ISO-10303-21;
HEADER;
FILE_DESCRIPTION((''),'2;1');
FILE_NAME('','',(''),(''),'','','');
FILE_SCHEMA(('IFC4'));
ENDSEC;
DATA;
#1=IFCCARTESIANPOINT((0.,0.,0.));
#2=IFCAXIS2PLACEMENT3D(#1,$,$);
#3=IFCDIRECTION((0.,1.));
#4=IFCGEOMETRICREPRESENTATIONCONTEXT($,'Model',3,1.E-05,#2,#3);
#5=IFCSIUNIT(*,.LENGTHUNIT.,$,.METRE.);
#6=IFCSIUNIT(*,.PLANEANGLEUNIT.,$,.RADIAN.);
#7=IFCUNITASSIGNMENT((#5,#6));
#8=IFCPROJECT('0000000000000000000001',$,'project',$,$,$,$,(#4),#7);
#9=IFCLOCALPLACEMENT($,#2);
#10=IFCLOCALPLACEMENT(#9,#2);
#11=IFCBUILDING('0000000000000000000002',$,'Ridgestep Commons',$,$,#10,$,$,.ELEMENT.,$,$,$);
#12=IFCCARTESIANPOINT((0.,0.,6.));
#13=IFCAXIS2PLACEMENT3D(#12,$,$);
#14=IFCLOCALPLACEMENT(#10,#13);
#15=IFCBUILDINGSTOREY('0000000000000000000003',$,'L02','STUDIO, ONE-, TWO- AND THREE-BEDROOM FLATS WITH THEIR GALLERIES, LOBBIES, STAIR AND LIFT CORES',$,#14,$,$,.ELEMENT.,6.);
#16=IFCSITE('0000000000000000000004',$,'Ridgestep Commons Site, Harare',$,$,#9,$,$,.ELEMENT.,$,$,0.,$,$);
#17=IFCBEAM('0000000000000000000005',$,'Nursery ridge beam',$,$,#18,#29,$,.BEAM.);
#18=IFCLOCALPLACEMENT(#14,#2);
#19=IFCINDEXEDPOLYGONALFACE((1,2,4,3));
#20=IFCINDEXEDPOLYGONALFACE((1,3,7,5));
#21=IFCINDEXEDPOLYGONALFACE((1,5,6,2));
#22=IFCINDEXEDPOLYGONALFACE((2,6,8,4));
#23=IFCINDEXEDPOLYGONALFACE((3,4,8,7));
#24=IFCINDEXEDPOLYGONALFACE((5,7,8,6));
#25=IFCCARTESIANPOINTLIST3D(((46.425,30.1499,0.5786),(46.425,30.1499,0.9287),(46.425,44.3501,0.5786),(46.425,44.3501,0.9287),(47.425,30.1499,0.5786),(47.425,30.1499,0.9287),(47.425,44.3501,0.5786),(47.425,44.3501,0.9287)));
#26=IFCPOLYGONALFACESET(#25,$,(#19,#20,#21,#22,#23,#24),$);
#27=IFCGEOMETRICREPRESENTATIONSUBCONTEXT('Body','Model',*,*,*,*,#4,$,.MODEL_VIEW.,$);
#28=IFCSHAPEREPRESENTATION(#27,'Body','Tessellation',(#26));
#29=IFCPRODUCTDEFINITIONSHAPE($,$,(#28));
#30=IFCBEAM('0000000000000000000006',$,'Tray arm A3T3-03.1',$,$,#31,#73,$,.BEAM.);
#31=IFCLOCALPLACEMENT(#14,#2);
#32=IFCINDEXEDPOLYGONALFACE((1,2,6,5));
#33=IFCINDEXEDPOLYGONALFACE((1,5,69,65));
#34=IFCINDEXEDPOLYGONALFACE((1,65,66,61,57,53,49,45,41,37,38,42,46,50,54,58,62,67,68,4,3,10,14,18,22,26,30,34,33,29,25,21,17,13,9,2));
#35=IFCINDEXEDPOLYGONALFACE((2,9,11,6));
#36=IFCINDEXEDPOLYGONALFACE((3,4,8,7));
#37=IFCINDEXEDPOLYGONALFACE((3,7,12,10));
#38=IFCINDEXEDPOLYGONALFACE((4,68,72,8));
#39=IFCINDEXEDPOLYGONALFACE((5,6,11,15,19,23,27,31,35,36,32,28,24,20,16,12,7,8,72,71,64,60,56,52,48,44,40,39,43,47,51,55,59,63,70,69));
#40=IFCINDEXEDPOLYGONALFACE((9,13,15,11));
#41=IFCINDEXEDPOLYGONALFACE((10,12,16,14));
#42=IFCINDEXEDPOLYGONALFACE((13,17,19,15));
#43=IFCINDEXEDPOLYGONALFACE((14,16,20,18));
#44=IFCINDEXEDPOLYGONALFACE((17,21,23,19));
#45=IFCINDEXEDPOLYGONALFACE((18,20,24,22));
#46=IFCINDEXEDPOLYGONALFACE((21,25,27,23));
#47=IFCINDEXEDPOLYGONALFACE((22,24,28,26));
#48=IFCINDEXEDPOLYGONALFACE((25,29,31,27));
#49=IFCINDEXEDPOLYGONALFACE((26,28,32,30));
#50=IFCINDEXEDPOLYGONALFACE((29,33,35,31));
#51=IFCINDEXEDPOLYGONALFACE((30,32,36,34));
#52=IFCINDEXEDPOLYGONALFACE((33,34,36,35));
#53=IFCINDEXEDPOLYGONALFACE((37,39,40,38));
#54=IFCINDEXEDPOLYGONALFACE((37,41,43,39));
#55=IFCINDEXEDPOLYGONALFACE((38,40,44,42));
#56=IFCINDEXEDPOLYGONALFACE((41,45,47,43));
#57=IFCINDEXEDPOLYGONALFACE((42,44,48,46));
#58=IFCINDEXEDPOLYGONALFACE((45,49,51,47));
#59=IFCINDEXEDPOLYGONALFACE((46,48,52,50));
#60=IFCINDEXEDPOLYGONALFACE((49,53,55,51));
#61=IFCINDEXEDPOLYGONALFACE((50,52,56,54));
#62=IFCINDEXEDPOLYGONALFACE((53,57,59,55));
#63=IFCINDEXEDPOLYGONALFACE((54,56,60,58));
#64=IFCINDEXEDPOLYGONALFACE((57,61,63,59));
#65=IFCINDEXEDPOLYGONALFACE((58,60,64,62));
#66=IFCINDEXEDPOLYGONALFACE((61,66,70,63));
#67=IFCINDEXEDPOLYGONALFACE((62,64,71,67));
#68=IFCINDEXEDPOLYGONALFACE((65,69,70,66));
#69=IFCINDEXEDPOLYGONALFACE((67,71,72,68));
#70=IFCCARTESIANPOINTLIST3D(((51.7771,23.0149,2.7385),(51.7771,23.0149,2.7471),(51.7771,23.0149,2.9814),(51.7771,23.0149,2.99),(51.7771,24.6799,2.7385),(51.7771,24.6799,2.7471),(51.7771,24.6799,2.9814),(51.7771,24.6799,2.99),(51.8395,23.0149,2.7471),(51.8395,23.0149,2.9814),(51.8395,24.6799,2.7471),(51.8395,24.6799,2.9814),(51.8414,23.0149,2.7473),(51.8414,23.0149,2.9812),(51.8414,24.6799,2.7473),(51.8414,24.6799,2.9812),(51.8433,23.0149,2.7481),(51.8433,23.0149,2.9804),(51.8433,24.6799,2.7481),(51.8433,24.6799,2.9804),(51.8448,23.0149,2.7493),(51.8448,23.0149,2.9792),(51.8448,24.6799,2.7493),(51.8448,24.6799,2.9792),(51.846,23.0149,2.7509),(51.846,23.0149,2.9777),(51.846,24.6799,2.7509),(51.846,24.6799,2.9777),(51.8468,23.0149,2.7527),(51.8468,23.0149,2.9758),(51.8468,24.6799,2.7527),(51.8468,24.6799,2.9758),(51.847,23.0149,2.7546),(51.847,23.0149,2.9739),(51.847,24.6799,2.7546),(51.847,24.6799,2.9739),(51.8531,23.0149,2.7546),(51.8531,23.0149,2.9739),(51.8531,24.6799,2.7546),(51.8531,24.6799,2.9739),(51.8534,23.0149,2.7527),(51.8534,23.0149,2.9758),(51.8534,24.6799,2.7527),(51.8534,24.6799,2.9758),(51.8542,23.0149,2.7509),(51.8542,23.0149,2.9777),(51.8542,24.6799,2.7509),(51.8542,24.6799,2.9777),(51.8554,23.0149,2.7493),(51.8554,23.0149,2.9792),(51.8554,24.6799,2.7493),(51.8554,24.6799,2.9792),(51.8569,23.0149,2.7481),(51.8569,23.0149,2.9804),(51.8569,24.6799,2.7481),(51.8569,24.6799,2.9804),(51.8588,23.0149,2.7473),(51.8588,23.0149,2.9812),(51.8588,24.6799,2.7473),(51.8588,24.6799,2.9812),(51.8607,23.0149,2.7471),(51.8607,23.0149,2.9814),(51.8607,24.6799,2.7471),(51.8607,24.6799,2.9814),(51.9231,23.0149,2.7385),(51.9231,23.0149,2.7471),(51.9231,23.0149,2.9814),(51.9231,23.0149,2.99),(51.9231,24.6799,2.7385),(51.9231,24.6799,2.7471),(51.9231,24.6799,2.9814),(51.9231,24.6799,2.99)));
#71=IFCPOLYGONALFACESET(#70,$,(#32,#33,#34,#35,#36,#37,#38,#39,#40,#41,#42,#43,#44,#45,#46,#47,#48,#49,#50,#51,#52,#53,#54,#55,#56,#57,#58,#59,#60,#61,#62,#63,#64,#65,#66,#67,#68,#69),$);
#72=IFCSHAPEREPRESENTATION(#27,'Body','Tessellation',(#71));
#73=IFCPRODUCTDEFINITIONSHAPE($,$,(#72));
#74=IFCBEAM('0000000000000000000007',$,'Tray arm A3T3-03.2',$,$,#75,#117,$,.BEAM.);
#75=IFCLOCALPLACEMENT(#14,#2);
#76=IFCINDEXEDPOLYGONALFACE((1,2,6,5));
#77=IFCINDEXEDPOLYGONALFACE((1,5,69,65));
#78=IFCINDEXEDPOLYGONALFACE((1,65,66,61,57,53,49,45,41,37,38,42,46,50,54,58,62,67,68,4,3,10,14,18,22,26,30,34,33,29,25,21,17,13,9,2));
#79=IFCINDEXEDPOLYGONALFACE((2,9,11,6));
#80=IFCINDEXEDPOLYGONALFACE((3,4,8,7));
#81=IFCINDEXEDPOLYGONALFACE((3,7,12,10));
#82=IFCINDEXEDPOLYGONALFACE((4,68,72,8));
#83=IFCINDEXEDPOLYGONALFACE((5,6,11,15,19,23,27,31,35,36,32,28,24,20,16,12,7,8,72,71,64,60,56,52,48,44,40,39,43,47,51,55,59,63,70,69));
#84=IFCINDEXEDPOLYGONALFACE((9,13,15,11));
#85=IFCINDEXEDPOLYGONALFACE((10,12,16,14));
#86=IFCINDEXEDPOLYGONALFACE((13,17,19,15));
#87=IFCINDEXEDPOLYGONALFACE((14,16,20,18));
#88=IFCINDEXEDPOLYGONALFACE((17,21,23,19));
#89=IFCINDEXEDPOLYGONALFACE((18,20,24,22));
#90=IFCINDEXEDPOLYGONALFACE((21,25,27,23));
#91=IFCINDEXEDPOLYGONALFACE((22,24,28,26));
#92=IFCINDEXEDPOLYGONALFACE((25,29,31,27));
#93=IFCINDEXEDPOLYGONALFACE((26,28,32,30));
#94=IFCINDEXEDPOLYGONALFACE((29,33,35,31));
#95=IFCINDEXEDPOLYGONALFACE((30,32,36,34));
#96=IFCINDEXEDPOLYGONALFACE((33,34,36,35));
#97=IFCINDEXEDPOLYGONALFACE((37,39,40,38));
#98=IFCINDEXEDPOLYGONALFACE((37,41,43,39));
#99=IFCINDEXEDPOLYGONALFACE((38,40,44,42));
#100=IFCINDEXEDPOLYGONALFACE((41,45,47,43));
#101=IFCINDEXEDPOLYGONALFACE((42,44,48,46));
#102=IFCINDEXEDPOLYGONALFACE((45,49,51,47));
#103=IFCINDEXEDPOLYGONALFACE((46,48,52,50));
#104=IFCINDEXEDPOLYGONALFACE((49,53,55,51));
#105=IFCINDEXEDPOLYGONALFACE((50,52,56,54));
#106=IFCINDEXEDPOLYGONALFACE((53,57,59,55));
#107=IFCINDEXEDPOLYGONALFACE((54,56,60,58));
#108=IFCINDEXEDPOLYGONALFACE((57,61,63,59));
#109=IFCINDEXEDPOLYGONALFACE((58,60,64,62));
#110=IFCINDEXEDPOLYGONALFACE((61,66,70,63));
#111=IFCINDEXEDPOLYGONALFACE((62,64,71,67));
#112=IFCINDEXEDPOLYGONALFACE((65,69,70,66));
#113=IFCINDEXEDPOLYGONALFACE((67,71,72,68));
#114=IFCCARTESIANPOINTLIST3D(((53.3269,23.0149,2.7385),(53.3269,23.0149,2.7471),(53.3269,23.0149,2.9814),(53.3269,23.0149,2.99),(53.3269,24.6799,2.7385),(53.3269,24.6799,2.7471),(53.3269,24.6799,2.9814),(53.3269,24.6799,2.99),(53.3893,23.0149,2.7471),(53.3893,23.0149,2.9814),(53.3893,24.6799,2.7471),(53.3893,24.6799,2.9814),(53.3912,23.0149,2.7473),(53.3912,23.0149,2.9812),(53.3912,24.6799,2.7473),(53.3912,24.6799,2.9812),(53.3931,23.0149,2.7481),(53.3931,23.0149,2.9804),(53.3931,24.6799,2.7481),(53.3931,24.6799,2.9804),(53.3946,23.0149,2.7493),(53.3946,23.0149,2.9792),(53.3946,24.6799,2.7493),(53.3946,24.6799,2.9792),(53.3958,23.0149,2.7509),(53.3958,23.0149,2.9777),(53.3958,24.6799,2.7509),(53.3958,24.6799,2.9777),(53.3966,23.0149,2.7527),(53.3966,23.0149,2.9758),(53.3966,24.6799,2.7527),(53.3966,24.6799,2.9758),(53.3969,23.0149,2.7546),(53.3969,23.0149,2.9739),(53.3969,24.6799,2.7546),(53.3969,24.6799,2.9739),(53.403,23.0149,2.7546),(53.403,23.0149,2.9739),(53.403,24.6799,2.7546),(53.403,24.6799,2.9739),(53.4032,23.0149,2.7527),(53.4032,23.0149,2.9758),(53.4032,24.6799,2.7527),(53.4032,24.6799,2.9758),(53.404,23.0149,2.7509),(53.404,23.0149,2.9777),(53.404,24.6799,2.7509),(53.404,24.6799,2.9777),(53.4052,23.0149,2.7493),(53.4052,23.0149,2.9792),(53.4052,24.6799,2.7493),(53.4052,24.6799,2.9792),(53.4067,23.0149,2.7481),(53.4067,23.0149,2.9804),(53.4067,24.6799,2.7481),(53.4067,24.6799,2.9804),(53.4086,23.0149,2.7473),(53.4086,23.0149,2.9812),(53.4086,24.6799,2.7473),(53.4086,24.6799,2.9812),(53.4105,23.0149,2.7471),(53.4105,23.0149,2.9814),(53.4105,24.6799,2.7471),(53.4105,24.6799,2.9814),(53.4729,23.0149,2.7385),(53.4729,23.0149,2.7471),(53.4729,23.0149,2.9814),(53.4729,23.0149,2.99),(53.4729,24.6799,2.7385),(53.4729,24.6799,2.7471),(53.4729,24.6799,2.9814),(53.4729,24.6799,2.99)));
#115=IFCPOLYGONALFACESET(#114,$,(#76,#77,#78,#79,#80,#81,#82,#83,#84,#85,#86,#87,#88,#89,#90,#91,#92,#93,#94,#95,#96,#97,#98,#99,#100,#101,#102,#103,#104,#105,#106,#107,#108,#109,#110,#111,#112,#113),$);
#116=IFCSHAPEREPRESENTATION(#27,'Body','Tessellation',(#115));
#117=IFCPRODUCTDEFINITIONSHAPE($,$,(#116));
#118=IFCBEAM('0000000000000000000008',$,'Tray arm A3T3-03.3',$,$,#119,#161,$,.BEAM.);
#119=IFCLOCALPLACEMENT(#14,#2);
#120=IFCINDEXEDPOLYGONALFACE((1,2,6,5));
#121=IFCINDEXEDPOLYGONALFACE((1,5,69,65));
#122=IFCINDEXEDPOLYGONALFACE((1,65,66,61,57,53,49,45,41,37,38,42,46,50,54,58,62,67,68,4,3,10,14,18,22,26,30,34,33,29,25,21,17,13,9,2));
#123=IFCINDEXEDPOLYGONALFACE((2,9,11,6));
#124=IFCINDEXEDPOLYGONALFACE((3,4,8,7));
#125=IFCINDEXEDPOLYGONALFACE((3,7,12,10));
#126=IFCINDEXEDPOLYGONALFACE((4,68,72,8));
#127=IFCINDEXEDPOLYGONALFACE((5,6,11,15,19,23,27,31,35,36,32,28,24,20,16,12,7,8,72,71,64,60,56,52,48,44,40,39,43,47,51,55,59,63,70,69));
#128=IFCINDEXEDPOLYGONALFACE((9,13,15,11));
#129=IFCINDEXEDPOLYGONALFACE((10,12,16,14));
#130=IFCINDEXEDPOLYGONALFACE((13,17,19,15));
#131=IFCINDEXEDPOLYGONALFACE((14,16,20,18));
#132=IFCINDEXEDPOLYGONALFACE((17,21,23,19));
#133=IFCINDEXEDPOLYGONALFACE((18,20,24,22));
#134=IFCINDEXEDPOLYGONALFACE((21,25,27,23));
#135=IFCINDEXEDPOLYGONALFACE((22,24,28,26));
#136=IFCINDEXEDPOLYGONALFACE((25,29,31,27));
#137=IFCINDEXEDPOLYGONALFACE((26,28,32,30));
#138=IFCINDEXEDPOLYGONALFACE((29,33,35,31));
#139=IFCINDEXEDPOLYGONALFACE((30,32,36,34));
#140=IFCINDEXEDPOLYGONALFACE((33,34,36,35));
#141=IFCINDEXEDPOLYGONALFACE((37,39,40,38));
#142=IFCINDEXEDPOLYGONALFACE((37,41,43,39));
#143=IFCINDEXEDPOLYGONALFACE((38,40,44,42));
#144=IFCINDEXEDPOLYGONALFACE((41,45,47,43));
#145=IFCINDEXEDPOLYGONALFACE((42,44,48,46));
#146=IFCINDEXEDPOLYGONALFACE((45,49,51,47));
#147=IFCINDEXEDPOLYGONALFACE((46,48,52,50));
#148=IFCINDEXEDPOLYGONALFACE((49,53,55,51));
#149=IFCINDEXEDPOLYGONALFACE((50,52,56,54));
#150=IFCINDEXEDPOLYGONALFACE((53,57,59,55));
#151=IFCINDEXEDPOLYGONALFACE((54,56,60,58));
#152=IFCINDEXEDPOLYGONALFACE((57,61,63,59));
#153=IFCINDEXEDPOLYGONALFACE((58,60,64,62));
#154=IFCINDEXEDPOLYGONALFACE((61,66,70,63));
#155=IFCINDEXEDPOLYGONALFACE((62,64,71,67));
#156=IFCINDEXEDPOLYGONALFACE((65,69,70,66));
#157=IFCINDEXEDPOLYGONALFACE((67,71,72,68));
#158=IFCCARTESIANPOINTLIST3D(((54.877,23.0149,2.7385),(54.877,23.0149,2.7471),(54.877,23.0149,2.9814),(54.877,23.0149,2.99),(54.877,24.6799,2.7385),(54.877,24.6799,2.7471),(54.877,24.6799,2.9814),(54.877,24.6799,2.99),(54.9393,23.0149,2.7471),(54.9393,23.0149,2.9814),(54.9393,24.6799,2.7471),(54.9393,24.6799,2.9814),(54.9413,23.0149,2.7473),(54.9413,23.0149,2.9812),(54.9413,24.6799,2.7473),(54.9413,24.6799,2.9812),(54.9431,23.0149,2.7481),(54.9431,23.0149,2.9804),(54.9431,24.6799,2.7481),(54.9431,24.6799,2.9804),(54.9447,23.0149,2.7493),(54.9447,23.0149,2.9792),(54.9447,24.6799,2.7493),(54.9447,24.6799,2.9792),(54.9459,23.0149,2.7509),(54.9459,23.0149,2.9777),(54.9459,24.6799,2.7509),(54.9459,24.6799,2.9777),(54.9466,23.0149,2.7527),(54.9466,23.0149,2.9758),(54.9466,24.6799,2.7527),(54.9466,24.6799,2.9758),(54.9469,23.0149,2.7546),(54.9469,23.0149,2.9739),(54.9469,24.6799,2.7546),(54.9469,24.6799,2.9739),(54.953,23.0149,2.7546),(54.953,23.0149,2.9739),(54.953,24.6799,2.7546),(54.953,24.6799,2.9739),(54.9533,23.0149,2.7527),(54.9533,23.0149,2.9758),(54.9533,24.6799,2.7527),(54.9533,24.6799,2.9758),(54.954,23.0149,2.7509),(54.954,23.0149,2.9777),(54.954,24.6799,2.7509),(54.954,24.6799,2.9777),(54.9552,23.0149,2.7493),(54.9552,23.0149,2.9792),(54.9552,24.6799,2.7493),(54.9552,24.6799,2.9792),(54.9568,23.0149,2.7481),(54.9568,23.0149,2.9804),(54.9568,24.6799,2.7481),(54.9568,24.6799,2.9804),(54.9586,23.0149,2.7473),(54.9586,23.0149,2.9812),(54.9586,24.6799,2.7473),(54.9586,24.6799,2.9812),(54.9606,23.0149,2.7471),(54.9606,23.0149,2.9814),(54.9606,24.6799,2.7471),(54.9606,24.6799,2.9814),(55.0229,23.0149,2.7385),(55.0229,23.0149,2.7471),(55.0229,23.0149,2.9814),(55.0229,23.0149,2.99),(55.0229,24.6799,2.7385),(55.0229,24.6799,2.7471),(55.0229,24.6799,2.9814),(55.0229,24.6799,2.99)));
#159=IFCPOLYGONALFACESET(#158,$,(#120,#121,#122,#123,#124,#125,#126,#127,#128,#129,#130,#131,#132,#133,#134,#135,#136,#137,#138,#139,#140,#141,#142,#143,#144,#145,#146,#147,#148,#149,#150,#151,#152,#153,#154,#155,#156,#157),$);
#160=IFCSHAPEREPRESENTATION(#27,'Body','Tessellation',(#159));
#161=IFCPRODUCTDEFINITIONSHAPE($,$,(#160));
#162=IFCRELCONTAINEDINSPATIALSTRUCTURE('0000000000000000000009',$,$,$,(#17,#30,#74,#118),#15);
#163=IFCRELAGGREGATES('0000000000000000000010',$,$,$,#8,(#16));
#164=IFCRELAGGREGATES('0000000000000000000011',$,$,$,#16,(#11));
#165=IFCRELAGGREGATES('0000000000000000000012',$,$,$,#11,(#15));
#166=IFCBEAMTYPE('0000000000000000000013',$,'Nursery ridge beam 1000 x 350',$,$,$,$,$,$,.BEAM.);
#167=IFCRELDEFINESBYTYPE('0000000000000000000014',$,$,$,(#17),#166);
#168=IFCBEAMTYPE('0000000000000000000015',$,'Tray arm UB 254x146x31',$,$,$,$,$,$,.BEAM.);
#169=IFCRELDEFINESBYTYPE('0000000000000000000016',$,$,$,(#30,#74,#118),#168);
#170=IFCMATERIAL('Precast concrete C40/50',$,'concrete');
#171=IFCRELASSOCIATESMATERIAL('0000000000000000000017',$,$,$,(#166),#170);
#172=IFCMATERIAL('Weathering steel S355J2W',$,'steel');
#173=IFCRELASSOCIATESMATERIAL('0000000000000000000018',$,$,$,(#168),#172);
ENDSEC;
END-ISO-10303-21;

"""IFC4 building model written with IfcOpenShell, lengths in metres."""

from ifc_helpers import new_model, si_unit, direction, frame, origin, origin_2d, place, context, subcontext, project, spatial, rectangle, i_section, extrude, material, material_profile, profile_set, type_object, element, save


model = new_model("IFC4")

# Units and contexts
model_context = context("Model", 3, precision=1e-05, world=origin(), true_north=direction((0.0, 1.0)))
body_context = subcontext(model_context, "Body", "Model", "MODEL_VIEW")
ifc_project = project(units=[si_unit("LENGTHUNIT", "METRE"), si_unit("PLANEANGLEUNIT", "RADIAN")], contexts=[model_context])

# Site, building, storey
site_placement = place(None, origin())
site = spatial("IfcSite", under=ifc_project, at=site_placement, Name="Ridgestep Commons Site, Harare", CompositionType="ELEMENT", RefElevation=0.0)
building_placement = place(site_placement, origin())
building = spatial("IfcBuilding", under=site, at=building_placement, Name="Ridgestep Commons", CompositionType="ELEMENT")
storey_placement = place(building_placement, frame((0.0, 0.0, 6.0)))
storey = spatial("IfcBuildingStorey", under=building, at=storey_placement, Name="L02", Description="STUDIO, ONE-, TWO- AND THREE-BEDROOM FLATS WITH THEIR GALLERIES, LOBBIES, STAIR AND LIFT CORES", CompositionType="ELEMENT", Elevation=6.0)

# Beams
ifc_material_1 = material(Name="Precast concrete C40/50", Category="concrete")
ifc_material_profile_1 = material_profile(ifc_material_1, rectangle(XDim=1.0, YDim=0.3501, at=origin_2d()), Name="Nursery ridge beam 1000 x 350")
ifc_profile_set_1 = profile_set([ifc_material_profile_1], Name="Precast concrete C40/50")
beam_type_1 = type_object("IfcBeamType", Name="Nursery ridge beam 1000 x 350", PredefinedType="BEAM", material=ifc_profile_set_1)
beam_1_placement = place(storey_placement, frame((46.925, 30.1499, 0.7537), z_axis=(0.0, 1.0, 0.0), x_axis=(-1.0, 0.0, 0.0)))
element("IfcBeam", 1, at=beam_1_placement, inside=storey, type_object=beam_type_1, Name="Nursery ridge beam", PredefinedType="BEAM", context=body_context, shape_type="SweptSolid", body=[
    extrude(rectangle(XDim=1.0, YDim=0.3501, at=origin_2d()), origin(), (0.0, 0.0, 1.0), 14.2002),
])
ifc_material_2 = material(Name="Weathering steel S355J2W", Category="steel")
ifc_material_profile_2 = material_profile(ifc_material_2, i_section(OverallWidth=0.146, OverallDepth=0.2515, WebThickness=0.0061, FlangeThickness=0.0085, FilletRadius=0.0076, at=origin_2d()), Name="UB 254x146x31")
ifc_profile_set_2 = profile_set([ifc_material_profile_2], Name="Weathering steel S355J2W")
beam_type_2 = type_object("IfcBeamType", Name="Tray arm UB 254x146x31", PredefinedType="BEAM", material=ifc_profile_set_2)
for number, where, z_axis, x_axis, name in (
    (2, (51.8501, 23.0149, 2.8643), (0.0, 1.0, 0.0), (-1.0, 0.0, 0.0), "Tray arm A3T3-03.1"),
    (3, (53.3999, 23.0149, 2.8643), (0.0, 1.0, 0.0), (-1.0, 0.0, 0.0), "Tray arm A3T3-03.2"),
    (4, (54.95, 23.0149, 2.8643), (0.0, 1.0, 0.0), (-1.0, 0.0, 0.0), "Tray arm A3T3-03.3"),
):
    element("IfcBeam", number, at=place(storey_placement, frame(where, z_axis=z_axis, x_axis=x_axis)), inside=storey, type_object=beam_type_2, Name=name, PredefinedType="BEAM", context=body_context, shape_type="SweptSolid", body=[
        extrude(i_section(OverallWidth=0.146, OverallDepth=0.2515, WebThickness=0.0061, FlangeThickness=0.0085, FilletRadius=0.0076, at=origin_2d()), origin(), (0.0, 0.0, 1.0), 1.665),
    ])

save(model, "model.ifc")
